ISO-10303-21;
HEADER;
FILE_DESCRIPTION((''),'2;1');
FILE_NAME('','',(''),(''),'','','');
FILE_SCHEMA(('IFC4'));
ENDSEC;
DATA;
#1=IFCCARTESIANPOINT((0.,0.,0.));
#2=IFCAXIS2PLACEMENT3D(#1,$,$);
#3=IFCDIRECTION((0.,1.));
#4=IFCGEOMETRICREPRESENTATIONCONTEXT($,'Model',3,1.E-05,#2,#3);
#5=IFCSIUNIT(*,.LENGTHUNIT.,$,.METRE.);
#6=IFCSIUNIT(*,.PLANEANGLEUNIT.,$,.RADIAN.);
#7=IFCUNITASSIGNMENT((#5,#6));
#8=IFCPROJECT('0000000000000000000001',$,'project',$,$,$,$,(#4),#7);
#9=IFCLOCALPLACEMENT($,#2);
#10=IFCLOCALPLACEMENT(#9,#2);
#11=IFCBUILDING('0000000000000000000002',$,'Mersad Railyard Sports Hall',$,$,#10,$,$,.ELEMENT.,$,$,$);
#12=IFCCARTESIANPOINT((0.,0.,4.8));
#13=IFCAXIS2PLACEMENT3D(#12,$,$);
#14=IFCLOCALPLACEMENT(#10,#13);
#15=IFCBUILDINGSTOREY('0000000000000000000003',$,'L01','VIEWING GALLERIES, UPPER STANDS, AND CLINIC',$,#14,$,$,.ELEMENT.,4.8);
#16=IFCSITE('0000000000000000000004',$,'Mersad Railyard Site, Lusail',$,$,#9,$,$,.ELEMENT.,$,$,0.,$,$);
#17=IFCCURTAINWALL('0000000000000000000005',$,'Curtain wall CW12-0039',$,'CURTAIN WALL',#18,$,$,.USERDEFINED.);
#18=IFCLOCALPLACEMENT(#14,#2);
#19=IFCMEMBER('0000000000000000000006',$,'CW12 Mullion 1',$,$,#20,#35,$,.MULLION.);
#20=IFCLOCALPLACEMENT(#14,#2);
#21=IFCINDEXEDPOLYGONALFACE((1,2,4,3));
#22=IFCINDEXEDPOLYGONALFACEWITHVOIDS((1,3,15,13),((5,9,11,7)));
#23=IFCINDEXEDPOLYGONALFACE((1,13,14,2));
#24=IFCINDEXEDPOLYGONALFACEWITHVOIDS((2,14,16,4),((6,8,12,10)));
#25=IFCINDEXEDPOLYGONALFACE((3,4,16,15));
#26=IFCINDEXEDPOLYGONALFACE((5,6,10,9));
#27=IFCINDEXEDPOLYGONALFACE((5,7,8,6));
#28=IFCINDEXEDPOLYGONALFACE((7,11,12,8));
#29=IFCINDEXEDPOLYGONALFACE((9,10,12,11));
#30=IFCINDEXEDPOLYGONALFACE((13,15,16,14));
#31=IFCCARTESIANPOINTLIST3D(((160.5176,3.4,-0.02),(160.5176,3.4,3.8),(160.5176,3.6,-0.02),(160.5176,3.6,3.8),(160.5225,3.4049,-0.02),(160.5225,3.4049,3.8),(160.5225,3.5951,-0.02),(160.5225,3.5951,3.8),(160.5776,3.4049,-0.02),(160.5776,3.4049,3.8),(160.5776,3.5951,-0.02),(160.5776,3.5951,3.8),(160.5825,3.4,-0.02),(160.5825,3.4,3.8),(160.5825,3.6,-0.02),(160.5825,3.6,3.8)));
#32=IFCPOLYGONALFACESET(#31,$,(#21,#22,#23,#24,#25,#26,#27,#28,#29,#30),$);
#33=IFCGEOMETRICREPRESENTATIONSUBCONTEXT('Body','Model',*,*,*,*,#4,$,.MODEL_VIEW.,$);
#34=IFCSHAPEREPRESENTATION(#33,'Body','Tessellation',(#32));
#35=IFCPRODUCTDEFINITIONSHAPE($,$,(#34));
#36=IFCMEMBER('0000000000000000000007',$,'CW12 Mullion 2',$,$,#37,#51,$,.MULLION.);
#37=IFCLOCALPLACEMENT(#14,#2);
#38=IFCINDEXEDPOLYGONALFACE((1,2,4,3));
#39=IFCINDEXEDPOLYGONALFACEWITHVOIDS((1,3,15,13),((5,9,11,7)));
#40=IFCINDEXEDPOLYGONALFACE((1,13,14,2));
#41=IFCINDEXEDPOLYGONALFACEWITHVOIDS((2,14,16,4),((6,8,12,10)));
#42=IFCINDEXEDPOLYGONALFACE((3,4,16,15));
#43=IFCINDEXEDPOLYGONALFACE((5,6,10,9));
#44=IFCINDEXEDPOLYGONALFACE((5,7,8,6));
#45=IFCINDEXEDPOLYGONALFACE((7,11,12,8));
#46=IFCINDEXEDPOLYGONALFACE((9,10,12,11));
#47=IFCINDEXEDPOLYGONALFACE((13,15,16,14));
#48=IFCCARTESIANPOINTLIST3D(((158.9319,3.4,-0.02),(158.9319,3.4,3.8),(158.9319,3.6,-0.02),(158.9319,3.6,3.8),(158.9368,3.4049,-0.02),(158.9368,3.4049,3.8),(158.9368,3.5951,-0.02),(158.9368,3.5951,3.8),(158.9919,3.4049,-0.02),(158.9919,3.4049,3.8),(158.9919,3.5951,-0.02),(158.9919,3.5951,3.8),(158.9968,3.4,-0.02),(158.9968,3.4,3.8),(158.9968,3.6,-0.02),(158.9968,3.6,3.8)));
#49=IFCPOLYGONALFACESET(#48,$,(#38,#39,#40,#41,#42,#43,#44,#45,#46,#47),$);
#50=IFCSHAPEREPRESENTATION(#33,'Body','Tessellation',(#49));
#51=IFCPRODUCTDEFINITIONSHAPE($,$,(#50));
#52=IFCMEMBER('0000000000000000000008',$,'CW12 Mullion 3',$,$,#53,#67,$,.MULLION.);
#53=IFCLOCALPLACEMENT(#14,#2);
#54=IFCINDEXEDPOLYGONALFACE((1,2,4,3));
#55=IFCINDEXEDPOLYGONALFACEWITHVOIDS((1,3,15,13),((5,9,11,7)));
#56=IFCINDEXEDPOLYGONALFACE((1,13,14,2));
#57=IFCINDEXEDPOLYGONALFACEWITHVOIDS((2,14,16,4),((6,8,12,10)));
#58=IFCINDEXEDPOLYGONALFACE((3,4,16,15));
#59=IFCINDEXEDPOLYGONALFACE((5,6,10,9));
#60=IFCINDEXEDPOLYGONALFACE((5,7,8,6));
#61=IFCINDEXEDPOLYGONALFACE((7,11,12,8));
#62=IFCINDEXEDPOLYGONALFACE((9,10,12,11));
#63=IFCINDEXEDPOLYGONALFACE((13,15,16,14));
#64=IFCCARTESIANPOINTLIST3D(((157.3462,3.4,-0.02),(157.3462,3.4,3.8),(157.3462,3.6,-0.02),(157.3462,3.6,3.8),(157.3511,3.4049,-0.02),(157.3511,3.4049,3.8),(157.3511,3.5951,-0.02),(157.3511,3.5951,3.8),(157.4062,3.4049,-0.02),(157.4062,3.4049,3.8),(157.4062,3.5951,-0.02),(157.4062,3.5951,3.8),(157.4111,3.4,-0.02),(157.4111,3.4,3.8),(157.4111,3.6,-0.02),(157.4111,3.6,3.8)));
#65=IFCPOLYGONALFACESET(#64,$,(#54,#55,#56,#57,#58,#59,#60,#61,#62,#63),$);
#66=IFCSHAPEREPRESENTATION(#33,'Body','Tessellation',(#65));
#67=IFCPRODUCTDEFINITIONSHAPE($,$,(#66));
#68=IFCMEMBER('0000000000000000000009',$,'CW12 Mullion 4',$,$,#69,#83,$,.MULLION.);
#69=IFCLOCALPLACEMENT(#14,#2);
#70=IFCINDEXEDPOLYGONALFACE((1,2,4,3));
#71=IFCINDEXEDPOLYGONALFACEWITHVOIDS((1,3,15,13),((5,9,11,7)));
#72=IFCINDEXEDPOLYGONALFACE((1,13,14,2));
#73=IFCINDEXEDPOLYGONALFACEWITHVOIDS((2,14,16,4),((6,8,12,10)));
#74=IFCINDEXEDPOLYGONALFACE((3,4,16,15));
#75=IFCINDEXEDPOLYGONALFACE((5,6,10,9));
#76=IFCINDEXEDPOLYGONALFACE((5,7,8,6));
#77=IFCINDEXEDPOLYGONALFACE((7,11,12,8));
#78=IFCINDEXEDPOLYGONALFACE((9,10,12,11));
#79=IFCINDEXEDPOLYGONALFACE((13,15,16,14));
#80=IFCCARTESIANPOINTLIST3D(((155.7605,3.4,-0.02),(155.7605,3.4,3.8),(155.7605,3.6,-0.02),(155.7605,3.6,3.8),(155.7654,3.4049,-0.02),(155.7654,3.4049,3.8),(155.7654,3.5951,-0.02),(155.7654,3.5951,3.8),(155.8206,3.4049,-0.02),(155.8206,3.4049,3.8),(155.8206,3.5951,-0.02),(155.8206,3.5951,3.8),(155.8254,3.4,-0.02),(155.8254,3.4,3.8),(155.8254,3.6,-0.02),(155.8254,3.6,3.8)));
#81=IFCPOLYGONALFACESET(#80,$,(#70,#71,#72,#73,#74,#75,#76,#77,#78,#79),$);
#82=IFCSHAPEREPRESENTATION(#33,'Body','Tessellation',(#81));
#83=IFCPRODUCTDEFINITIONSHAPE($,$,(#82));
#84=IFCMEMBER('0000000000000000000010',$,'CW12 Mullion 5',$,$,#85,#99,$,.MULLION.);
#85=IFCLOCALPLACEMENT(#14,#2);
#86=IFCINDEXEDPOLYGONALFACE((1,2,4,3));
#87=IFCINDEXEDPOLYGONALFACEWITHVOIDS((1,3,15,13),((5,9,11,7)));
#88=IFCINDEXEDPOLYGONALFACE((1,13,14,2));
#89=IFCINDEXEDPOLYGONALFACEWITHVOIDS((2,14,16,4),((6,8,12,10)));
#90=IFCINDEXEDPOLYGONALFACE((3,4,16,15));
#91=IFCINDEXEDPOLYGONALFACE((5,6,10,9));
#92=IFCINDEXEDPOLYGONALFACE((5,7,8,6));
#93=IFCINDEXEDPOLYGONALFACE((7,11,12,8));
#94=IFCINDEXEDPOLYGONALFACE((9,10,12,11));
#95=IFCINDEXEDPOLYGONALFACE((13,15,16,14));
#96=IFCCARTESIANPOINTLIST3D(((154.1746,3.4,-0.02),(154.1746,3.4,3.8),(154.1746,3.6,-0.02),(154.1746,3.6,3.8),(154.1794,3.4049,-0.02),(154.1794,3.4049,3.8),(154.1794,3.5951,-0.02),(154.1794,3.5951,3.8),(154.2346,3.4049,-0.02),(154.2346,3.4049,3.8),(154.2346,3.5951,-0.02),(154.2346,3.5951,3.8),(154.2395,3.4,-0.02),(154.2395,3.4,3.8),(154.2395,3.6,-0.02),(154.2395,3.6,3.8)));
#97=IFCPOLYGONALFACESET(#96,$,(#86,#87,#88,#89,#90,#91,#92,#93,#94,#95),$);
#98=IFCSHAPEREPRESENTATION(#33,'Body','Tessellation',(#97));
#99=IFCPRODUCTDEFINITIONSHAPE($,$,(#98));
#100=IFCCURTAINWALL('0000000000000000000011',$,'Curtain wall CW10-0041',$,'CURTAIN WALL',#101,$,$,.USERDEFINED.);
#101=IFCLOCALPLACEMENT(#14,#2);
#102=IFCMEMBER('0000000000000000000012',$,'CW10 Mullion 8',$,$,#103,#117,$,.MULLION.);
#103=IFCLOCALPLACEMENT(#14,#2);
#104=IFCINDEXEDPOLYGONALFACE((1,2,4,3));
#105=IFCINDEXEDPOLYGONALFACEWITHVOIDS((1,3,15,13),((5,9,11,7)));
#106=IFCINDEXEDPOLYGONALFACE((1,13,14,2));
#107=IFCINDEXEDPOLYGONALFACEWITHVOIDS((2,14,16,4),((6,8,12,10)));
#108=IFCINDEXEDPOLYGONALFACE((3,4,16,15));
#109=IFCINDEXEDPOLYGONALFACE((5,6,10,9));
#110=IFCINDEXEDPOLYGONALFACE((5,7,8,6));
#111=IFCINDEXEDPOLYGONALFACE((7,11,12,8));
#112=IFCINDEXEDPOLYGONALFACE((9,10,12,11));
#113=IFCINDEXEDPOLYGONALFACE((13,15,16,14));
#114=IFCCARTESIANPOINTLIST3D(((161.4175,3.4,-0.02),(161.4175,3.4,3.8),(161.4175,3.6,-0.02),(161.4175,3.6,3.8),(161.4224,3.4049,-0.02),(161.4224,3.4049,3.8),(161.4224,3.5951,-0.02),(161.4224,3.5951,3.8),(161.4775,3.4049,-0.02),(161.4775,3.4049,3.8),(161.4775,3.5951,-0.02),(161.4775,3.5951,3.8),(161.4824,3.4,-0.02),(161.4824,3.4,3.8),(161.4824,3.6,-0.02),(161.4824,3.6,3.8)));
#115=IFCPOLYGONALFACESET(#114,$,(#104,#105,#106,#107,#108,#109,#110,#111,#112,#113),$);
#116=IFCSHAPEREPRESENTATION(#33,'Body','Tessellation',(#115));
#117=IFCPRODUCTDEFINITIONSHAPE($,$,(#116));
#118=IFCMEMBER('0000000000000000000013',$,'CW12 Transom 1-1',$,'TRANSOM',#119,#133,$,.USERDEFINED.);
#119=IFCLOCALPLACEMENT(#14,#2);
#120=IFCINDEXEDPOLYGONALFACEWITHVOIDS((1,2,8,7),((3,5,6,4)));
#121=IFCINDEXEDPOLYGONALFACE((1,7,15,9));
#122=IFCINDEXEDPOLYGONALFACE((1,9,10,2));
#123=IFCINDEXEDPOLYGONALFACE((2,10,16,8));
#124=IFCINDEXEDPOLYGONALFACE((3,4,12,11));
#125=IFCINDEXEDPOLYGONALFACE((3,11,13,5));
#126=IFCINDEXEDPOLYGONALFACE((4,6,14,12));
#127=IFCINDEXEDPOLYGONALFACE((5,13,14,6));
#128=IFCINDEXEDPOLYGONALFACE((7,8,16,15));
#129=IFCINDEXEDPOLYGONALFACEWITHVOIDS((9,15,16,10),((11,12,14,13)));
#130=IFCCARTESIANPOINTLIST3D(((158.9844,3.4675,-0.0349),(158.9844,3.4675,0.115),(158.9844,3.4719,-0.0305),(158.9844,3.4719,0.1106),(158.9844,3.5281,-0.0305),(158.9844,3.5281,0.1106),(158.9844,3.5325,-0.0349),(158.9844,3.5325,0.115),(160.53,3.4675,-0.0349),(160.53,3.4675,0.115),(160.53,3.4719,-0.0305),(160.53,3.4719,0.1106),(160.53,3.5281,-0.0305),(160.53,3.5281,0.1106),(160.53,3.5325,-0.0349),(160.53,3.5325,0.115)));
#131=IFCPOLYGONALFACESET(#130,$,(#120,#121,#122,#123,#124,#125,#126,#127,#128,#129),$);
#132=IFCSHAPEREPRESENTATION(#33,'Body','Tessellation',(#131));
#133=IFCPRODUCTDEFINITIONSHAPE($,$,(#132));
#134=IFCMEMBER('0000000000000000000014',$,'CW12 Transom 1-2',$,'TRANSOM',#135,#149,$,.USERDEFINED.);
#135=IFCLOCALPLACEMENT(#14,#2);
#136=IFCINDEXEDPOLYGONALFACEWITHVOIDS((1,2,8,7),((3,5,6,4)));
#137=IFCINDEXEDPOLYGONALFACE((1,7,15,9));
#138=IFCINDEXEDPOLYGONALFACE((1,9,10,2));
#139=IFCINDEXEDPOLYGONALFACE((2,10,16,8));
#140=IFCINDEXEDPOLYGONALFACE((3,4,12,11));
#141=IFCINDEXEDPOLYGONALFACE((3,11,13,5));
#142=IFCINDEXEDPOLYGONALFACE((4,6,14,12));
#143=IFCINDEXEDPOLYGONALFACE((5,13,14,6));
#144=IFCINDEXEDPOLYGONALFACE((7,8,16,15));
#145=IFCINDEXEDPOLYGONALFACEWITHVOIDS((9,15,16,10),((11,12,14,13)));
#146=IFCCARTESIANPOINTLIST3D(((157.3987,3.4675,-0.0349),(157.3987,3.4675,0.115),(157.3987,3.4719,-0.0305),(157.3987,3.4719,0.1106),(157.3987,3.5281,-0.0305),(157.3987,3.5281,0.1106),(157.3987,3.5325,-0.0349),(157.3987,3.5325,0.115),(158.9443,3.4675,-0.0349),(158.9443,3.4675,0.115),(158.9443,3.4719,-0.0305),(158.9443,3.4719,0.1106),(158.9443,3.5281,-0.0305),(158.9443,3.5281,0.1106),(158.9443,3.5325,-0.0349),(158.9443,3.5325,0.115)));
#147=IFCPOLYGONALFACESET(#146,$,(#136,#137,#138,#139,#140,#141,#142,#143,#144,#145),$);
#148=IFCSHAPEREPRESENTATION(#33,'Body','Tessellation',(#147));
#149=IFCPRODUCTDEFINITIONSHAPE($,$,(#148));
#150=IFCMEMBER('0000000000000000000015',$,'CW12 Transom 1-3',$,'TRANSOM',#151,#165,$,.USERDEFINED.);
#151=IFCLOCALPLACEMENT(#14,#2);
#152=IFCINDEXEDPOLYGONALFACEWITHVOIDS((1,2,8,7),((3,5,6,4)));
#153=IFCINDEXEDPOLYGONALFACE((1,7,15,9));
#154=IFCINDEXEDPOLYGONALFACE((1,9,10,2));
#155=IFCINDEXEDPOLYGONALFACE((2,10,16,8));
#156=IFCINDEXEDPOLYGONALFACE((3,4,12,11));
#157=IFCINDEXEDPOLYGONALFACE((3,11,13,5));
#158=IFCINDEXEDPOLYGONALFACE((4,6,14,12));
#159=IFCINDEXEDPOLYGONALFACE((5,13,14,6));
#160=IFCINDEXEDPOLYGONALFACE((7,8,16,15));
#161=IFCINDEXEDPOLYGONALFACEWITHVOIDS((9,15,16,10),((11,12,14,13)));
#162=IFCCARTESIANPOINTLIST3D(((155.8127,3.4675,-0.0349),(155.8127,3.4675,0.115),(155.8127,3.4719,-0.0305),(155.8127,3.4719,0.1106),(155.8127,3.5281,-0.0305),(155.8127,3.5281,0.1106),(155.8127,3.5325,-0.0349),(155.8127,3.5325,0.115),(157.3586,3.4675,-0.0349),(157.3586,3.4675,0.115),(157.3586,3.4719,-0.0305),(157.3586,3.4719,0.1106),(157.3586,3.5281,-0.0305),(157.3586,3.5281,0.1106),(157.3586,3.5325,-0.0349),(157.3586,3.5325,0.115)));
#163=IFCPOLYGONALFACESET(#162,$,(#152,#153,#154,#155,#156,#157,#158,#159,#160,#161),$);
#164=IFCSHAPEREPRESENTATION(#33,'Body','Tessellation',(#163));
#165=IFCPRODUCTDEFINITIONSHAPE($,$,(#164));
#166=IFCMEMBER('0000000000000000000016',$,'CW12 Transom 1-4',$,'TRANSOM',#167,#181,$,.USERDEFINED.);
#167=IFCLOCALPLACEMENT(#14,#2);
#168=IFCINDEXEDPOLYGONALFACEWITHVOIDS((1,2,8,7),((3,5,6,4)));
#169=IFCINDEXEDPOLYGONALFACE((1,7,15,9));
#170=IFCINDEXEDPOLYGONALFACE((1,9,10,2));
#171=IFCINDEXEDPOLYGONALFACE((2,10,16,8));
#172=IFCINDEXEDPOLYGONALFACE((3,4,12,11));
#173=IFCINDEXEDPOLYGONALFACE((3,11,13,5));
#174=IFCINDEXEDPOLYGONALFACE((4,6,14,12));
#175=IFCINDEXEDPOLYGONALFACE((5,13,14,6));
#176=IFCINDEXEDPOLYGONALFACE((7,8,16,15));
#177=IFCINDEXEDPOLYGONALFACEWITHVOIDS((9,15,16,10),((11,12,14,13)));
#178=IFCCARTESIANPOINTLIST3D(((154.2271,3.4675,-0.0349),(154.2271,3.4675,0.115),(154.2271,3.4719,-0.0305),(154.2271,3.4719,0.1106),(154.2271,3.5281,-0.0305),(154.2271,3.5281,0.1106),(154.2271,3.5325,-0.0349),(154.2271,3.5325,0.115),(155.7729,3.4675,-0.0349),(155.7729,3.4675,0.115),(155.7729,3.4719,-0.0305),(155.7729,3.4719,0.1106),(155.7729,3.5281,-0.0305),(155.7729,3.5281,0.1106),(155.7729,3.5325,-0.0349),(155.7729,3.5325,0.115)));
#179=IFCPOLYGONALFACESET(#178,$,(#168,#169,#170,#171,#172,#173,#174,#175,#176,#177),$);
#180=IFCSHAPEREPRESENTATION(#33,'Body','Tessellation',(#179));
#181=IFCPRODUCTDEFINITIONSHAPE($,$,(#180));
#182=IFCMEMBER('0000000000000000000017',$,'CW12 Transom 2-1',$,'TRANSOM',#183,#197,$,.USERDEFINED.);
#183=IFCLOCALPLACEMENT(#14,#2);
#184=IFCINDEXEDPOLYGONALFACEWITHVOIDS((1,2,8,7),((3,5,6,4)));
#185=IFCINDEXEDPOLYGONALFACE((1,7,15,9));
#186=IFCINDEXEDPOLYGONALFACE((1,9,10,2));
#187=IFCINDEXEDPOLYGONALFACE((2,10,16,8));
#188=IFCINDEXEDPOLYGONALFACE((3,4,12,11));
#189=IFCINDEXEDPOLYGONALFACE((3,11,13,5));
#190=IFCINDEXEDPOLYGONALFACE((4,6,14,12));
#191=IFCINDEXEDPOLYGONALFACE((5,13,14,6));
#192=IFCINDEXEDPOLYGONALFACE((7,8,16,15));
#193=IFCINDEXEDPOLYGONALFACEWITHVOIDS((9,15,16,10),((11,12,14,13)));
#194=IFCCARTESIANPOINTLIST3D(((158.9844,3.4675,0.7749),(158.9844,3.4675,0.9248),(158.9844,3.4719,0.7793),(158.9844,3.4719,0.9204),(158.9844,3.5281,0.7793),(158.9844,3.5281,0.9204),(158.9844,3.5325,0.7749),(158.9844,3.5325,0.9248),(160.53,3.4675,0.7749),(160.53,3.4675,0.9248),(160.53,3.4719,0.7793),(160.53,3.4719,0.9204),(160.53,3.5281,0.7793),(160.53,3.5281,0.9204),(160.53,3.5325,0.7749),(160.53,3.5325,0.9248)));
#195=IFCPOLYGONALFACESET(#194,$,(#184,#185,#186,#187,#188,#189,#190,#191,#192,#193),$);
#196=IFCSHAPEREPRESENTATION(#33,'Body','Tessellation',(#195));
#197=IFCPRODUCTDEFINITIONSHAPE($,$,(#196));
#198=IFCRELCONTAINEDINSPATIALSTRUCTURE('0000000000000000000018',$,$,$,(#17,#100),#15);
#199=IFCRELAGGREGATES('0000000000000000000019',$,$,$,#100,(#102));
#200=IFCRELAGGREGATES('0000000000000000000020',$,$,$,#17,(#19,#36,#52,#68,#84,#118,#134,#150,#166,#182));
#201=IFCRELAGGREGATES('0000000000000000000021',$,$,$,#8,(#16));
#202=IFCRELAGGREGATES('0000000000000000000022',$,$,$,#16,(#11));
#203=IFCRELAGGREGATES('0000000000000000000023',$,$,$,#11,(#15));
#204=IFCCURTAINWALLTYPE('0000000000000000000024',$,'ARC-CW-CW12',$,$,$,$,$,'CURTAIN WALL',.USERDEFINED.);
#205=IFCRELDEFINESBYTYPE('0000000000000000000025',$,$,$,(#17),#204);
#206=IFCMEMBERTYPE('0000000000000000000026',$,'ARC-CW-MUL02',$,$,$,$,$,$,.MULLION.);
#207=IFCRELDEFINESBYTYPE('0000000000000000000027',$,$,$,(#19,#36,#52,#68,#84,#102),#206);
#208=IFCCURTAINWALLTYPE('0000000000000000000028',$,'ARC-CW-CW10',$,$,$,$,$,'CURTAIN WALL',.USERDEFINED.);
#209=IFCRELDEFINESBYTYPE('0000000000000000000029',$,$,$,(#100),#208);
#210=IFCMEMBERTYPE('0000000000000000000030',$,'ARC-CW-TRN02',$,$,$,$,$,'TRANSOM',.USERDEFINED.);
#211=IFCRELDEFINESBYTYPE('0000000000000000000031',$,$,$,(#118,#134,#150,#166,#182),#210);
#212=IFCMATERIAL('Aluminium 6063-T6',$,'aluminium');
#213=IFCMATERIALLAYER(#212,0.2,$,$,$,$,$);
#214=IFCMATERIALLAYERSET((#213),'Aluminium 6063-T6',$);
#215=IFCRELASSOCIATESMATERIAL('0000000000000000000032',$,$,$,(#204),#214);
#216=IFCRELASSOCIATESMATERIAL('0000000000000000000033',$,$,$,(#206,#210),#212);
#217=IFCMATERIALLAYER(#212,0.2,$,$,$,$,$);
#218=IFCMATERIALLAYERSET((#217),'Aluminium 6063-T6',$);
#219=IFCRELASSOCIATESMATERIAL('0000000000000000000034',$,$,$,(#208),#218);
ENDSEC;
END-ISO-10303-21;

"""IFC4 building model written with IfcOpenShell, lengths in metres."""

from ifc_helpers import new_model, si_unit, direction, frame, origin, origin_2d, place, context, subcontext, project, spatial, hollow_rectangle, extrude, material, layer, layer_set, material_profile, profile_set, type_object, element, aggregate, save


model = new_model("IFC4")

# Units and contexts
model_context = context("Model", 3, precision=1e-05, world=origin(), true_north=direction((0.0, 1.0)))
body_context = subcontext(model_context, "Body", "Model", "MODEL_VIEW")
ifc_project = project(units=[si_unit("LENGTHUNIT", "METRE"), si_unit("PLANEANGLEUNIT", "RADIAN")], contexts=[model_context])

# Site, building, storey
site_placement = place(None, origin())
site = spatial("IfcSite", under=ifc_project, at=site_placement, Name="Mersad Railyard Site, Lusail", CompositionType="ELEMENT", RefElevation=0.0)
building_placement = place(site_placement, origin())
building = spatial("IfcBuilding", under=site, at=building_placement, Name="Mersad Railyard Sports Hall", CompositionType="ELEMENT")
storey_placement = place(building_placement, frame((0.0, 0.0, 4.8)))
storey = spatial("IfcBuildingStorey", under=building, at=storey_placement, Name="L01", Description="VIEWING GALLERIES, UPPER STANDS, AND CLINIC", CompositionType="ELEMENT", Elevation=4.8)

# Curtain wall, members
ifc_material_1 = material(Name="Aluminium 6063-T6", Category="aluminium")
ifc_layer_1 = layer(ifc_material_1, 0.2)
ifc_layer_set_1 = layer_set([ifc_layer_1], Name="Aluminium 6063-T6")
curtain_wall_type_1 = type_object("IfcCurtainWallType", Name="ARC-CW-CW12", ElementType="CURTAIN WALL", PredefinedType="USERDEFINED", material=ifc_layer_set_1)
curtain_wall_1_placement = place(storey_placement, origin())
curtain_wall_1 = element("IfcCurtainWall", 1, at=curtain_wall_1_placement, inside=storey, type_object=curtain_wall_type_1, Name="Curtain wall CW12-0039", ObjectType="CURTAIN WALL", PredefinedType="USERDEFINED")
ifc_material_profile_1 = material_profile(ifc_material_1, hollow_rectangle(XDim=0.0649, YDim=0.2, WallThickness=0.0049, at=origin_2d()), Name="AL MULLION 65x200x5")
ifc_profile_set_1 = profile_set([ifc_material_profile_1], Name="Aluminium 6063-T6")
member_type_1 = type_object("IfcMemberType", Name="ARC-CW-MUL02", PredefinedType="MULLION", material=ifc_profile_set_1)
member_1_placement = place(storey_placement, frame((160.55, 3.5, -0.02), z_axis=(0.0, 0.0, 1.0), x_axis=(1.0, 0.0, 0.0)))
member_1 = element("IfcMember", 2, at=member_1_placement, type_object=member_type_1, Name="CW12 Mullion 1", PredefinedType="MULLION", context=body_context, shape_type="SweptSolid", body=[
    extrude(hollow_rectangle(XDim=0.0649, YDim=0.2, WallThickness=0.0049, at=origin_2d()), origin(), (0.0, 0.0, 1.0), 3.8201),
])
member_2_placement = place(storey_placement, frame((158.9644, 3.5, -0.02), z_axis=(0.0, 0.0, 1.0), x_axis=(1.0, 0.0, 0.0)))
member_2 = element("IfcMember", 3, at=member_2_placement, type_object=member_type_1, Name="CW12 Mullion 2", PredefinedType="MULLION", context=body_context, shape_type="SweptSolid", body=[
    extrude(hollow_rectangle(XDim=0.0649, YDim=0.2, WallThickness=0.0049, at=origin_2d()), origin(), (0.0, 0.0, 1.0), 3.8201),
])
member_3_placement = place(storey_placement, frame((157.3787, 3.5, -0.02), z_axis=(0.0, 0.0, 1.0), x_axis=(1.0, 0.0, 0.0)))
member_3 = element("IfcMember", 4, at=member_3_placement, type_object=member_type_1, Name="CW12 Mullion 3", PredefinedType="MULLION", context=body_context, shape_type="SweptSolid", body=[
    extrude(hollow_rectangle(XDim=0.0649, YDim=0.2, WallThickness=0.0049, at=origin_2d()), origin(), (0.0, 0.0, 1.0), 3.8201),
])
member_4_placement = place(storey_placement, frame((155.793, 3.5, -0.02), z_axis=(0.0, 0.0, 1.0), x_axis=(1.0, 0.0, 0.0)))
member_4 = element("IfcMember", 5, at=member_4_placement, type_object=member_type_1, Name="CW12 Mullion 4", PredefinedType="MULLION", context=body_context, shape_type="SweptSolid", body=[
    extrude(hollow_rectangle(XDim=0.0649, YDim=0.2, WallThickness=0.0049, at=origin_2d()), origin(), (0.0, 0.0, 1.0), 3.8201),
])
member_5_placement = place(storey_placement, frame((154.207, 3.5, -0.02), z_axis=(0.0, 0.0, 1.0), x_axis=(1.0, 0.0, 0.0)))
member_5 = element("IfcMember", 6, at=member_5_placement, type_object=member_type_1, Name="CW12 Mullion 5", PredefinedType="MULLION", context=body_context, shape_type="SweptSolid", body=[
    extrude(hollow_rectangle(XDim=0.0649, YDim=0.2, WallThickness=0.0049, at=origin_2d()), origin(), (0.0, 0.0, 1.0), 3.8201),
])

# Curtain wall, member
ifc_layer_2 = layer(ifc_material_1, 0.2)
ifc_layer_set_2 = layer_set([ifc_layer_2], Name="Aluminium 6063-T6")
curtain_wall_type_2 = type_object("IfcCurtainWallType", Name="ARC-CW-CW10", ElementType="CURTAIN WALL", PredefinedType="USERDEFINED", material=ifc_layer_set_2)
curtain_wall_2_placement = place(storey_placement, origin())
curtain_wall_2 = element("IfcCurtainWall", 7, at=curtain_wall_2_placement, inside=storey, type_object=curtain_wall_type_2, Name="Curtain wall CW10-0041", ObjectType="CURTAIN WALL", PredefinedType="USERDEFINED")
member_6_placement = place(storey_placement, frame((161.45, 3.5, -0.02), z_axis=(0.0, 0.0, 1.0), x_axis=(1.0, 0.0, 0.0)))
member_6 = element("IfcMember", 8, at=member_6_placement, type_object=member_type_1, Name="CW10 Mullion 8", PredefinedType="MULLION", context=body_context, shape_type="SweptSolid", body=[
    extrude(hollow_rectangle(XDim=0.0649, YDim=0.2, WallThickness=0.0049, at=origin_2d()), origin(), (0.0, 0.0, 1.0), 3.8201),
])
aggregate(curtain_wall_2, [member_6])

# Members
ifc_material_profile_2 = material_profile(ifc_material_1, hollow_rectangle(XDim=0.0649, YDim=0.1499, WallThickness=0.0044, at=origin_2d()), Name="AL TRANSOM 65x150x4.5")
ifc_profile_set_2 = profile_set([ifc_material_profile_2], Name="Aluminium 6063-T6")
member_type_2 = type_object("IfcMemberType", Name="ARC-CW-TRN02", ElementType="TRANSOM", PredefinedType="USERDEFINED", material=ifc_profile_set_2)
member_7_placement = place(storey_placement, frame((160.53, 3.5, 0.04), z_axis=(-1.0, 0.0, 0.0), x_axis=(0.0, -1.0, 0.0)))
member_7 = element("IfcMember", 9, at=member_7_placement, type_object=member_type_2, Name="CW12 Transom 1-1", ObjectType="TRANSOM", PredefinedType="USERDEFINED", context=body_context, shape_type="SweptSolid", body=[
    extrude(hollow_rectangle(XDim=0.0649, YDim=0.1499, WallThickness=0.0044, at=origin_2d()), origin(), (0.0, 0.0, 1.0), 1.5457),
])
member_8_placement = place(storey_placement, frame((158.9443, 3.5, 0.04), z_axis=(-1.0, 0.0, 0.0), x_axis=(0.0, -1.0, 0.0)))
member_8 = element("IfcMember", 10, at=member_8_placement, type_object=member_type_2, Name="CW12 Transom 1-2", ObjectType="TRANSOM", PredefinedType="USERDEFINED", context=body_context, shape_type="SweptSolid", body=[
    extrude(hollow_rectangle(XDim=0.0649, YDim=0.1499, WallThickness=0.0044, at=origin_2d()), origin(), (0.0, 0.0, 1.0), 1.5457),
])
member_9_placement = place(storey_placement, frame((157.3586, 3.5, 0.04), z_axis=(-1.0, 0.0, 0.0), x_axis=(0.0, -1.0, 0.0)))
member_9 = element("IfcMember", 11, at=member_9_placement, type_object=member_type_2, Name="CW12 Transom 1-3", ObjectType="TRANSOM", PredefinedType="USERDEFINED", context=body_context, shape_type="SweptSolid", body=[
    extrude(hollow_rectangle(XDim=0.0649, YDim=0.1499, WallThickness=0.0044, at=origin_2d()), origin(), (0.0, 0.0, 1.0), 1.5459),
])
member_10_placement = place(storey_placement, frame((155.7729, 3.5, 0.04), z_axis=(-1.0, 0.0, 0.0), x_axis=(0.0, -1.0, 0.0)))
member_10 = element("IfcMember", 12, at=member_10_placement, type_object=member_type_2, Name="CW12 Transom 1-4", ObjectType="TRANSOM", PredefinedType="USERDEFINED", context=body_context, shape_type="SweptSolid", body=[
    extrude(hollow_rectangle(XDim=0.0649, YDim=0.1499, WallThickness=0.0044, at=origin_2d()), origin(), (0.0, 0.0, 1.0), 1.5459),
])
member_11_placement = place(storey_placement, frame((160.53, 3.5, 0.8499), z_axis=(-1.0, 0.0, 0.0), x_axis=(0.0, -1.0, 0.0)))
member_11 = element("IfcMember", 13, at=member_11_placement, type_object=member_type_2, Name="CW12 Transom 2-1", ObjectType="TRANSOM", PredefinedType="USERDEFINED", context=body_context, shape_type="SweptSolid", body=[
    extrude(hollow_rectangle(XDim=0.0649, YDim=0.1499, WallThickness=0.0044, at=origin_2d()), origin(), (0.0, 0.0, 1.0), 1.5457),
])

aggregate(curtain_wall_1, [member_1, member_2, member_3, member_4, member_5, member_7, member_8, member_9, member_10, member_11])

save(model, "model.ifc")
